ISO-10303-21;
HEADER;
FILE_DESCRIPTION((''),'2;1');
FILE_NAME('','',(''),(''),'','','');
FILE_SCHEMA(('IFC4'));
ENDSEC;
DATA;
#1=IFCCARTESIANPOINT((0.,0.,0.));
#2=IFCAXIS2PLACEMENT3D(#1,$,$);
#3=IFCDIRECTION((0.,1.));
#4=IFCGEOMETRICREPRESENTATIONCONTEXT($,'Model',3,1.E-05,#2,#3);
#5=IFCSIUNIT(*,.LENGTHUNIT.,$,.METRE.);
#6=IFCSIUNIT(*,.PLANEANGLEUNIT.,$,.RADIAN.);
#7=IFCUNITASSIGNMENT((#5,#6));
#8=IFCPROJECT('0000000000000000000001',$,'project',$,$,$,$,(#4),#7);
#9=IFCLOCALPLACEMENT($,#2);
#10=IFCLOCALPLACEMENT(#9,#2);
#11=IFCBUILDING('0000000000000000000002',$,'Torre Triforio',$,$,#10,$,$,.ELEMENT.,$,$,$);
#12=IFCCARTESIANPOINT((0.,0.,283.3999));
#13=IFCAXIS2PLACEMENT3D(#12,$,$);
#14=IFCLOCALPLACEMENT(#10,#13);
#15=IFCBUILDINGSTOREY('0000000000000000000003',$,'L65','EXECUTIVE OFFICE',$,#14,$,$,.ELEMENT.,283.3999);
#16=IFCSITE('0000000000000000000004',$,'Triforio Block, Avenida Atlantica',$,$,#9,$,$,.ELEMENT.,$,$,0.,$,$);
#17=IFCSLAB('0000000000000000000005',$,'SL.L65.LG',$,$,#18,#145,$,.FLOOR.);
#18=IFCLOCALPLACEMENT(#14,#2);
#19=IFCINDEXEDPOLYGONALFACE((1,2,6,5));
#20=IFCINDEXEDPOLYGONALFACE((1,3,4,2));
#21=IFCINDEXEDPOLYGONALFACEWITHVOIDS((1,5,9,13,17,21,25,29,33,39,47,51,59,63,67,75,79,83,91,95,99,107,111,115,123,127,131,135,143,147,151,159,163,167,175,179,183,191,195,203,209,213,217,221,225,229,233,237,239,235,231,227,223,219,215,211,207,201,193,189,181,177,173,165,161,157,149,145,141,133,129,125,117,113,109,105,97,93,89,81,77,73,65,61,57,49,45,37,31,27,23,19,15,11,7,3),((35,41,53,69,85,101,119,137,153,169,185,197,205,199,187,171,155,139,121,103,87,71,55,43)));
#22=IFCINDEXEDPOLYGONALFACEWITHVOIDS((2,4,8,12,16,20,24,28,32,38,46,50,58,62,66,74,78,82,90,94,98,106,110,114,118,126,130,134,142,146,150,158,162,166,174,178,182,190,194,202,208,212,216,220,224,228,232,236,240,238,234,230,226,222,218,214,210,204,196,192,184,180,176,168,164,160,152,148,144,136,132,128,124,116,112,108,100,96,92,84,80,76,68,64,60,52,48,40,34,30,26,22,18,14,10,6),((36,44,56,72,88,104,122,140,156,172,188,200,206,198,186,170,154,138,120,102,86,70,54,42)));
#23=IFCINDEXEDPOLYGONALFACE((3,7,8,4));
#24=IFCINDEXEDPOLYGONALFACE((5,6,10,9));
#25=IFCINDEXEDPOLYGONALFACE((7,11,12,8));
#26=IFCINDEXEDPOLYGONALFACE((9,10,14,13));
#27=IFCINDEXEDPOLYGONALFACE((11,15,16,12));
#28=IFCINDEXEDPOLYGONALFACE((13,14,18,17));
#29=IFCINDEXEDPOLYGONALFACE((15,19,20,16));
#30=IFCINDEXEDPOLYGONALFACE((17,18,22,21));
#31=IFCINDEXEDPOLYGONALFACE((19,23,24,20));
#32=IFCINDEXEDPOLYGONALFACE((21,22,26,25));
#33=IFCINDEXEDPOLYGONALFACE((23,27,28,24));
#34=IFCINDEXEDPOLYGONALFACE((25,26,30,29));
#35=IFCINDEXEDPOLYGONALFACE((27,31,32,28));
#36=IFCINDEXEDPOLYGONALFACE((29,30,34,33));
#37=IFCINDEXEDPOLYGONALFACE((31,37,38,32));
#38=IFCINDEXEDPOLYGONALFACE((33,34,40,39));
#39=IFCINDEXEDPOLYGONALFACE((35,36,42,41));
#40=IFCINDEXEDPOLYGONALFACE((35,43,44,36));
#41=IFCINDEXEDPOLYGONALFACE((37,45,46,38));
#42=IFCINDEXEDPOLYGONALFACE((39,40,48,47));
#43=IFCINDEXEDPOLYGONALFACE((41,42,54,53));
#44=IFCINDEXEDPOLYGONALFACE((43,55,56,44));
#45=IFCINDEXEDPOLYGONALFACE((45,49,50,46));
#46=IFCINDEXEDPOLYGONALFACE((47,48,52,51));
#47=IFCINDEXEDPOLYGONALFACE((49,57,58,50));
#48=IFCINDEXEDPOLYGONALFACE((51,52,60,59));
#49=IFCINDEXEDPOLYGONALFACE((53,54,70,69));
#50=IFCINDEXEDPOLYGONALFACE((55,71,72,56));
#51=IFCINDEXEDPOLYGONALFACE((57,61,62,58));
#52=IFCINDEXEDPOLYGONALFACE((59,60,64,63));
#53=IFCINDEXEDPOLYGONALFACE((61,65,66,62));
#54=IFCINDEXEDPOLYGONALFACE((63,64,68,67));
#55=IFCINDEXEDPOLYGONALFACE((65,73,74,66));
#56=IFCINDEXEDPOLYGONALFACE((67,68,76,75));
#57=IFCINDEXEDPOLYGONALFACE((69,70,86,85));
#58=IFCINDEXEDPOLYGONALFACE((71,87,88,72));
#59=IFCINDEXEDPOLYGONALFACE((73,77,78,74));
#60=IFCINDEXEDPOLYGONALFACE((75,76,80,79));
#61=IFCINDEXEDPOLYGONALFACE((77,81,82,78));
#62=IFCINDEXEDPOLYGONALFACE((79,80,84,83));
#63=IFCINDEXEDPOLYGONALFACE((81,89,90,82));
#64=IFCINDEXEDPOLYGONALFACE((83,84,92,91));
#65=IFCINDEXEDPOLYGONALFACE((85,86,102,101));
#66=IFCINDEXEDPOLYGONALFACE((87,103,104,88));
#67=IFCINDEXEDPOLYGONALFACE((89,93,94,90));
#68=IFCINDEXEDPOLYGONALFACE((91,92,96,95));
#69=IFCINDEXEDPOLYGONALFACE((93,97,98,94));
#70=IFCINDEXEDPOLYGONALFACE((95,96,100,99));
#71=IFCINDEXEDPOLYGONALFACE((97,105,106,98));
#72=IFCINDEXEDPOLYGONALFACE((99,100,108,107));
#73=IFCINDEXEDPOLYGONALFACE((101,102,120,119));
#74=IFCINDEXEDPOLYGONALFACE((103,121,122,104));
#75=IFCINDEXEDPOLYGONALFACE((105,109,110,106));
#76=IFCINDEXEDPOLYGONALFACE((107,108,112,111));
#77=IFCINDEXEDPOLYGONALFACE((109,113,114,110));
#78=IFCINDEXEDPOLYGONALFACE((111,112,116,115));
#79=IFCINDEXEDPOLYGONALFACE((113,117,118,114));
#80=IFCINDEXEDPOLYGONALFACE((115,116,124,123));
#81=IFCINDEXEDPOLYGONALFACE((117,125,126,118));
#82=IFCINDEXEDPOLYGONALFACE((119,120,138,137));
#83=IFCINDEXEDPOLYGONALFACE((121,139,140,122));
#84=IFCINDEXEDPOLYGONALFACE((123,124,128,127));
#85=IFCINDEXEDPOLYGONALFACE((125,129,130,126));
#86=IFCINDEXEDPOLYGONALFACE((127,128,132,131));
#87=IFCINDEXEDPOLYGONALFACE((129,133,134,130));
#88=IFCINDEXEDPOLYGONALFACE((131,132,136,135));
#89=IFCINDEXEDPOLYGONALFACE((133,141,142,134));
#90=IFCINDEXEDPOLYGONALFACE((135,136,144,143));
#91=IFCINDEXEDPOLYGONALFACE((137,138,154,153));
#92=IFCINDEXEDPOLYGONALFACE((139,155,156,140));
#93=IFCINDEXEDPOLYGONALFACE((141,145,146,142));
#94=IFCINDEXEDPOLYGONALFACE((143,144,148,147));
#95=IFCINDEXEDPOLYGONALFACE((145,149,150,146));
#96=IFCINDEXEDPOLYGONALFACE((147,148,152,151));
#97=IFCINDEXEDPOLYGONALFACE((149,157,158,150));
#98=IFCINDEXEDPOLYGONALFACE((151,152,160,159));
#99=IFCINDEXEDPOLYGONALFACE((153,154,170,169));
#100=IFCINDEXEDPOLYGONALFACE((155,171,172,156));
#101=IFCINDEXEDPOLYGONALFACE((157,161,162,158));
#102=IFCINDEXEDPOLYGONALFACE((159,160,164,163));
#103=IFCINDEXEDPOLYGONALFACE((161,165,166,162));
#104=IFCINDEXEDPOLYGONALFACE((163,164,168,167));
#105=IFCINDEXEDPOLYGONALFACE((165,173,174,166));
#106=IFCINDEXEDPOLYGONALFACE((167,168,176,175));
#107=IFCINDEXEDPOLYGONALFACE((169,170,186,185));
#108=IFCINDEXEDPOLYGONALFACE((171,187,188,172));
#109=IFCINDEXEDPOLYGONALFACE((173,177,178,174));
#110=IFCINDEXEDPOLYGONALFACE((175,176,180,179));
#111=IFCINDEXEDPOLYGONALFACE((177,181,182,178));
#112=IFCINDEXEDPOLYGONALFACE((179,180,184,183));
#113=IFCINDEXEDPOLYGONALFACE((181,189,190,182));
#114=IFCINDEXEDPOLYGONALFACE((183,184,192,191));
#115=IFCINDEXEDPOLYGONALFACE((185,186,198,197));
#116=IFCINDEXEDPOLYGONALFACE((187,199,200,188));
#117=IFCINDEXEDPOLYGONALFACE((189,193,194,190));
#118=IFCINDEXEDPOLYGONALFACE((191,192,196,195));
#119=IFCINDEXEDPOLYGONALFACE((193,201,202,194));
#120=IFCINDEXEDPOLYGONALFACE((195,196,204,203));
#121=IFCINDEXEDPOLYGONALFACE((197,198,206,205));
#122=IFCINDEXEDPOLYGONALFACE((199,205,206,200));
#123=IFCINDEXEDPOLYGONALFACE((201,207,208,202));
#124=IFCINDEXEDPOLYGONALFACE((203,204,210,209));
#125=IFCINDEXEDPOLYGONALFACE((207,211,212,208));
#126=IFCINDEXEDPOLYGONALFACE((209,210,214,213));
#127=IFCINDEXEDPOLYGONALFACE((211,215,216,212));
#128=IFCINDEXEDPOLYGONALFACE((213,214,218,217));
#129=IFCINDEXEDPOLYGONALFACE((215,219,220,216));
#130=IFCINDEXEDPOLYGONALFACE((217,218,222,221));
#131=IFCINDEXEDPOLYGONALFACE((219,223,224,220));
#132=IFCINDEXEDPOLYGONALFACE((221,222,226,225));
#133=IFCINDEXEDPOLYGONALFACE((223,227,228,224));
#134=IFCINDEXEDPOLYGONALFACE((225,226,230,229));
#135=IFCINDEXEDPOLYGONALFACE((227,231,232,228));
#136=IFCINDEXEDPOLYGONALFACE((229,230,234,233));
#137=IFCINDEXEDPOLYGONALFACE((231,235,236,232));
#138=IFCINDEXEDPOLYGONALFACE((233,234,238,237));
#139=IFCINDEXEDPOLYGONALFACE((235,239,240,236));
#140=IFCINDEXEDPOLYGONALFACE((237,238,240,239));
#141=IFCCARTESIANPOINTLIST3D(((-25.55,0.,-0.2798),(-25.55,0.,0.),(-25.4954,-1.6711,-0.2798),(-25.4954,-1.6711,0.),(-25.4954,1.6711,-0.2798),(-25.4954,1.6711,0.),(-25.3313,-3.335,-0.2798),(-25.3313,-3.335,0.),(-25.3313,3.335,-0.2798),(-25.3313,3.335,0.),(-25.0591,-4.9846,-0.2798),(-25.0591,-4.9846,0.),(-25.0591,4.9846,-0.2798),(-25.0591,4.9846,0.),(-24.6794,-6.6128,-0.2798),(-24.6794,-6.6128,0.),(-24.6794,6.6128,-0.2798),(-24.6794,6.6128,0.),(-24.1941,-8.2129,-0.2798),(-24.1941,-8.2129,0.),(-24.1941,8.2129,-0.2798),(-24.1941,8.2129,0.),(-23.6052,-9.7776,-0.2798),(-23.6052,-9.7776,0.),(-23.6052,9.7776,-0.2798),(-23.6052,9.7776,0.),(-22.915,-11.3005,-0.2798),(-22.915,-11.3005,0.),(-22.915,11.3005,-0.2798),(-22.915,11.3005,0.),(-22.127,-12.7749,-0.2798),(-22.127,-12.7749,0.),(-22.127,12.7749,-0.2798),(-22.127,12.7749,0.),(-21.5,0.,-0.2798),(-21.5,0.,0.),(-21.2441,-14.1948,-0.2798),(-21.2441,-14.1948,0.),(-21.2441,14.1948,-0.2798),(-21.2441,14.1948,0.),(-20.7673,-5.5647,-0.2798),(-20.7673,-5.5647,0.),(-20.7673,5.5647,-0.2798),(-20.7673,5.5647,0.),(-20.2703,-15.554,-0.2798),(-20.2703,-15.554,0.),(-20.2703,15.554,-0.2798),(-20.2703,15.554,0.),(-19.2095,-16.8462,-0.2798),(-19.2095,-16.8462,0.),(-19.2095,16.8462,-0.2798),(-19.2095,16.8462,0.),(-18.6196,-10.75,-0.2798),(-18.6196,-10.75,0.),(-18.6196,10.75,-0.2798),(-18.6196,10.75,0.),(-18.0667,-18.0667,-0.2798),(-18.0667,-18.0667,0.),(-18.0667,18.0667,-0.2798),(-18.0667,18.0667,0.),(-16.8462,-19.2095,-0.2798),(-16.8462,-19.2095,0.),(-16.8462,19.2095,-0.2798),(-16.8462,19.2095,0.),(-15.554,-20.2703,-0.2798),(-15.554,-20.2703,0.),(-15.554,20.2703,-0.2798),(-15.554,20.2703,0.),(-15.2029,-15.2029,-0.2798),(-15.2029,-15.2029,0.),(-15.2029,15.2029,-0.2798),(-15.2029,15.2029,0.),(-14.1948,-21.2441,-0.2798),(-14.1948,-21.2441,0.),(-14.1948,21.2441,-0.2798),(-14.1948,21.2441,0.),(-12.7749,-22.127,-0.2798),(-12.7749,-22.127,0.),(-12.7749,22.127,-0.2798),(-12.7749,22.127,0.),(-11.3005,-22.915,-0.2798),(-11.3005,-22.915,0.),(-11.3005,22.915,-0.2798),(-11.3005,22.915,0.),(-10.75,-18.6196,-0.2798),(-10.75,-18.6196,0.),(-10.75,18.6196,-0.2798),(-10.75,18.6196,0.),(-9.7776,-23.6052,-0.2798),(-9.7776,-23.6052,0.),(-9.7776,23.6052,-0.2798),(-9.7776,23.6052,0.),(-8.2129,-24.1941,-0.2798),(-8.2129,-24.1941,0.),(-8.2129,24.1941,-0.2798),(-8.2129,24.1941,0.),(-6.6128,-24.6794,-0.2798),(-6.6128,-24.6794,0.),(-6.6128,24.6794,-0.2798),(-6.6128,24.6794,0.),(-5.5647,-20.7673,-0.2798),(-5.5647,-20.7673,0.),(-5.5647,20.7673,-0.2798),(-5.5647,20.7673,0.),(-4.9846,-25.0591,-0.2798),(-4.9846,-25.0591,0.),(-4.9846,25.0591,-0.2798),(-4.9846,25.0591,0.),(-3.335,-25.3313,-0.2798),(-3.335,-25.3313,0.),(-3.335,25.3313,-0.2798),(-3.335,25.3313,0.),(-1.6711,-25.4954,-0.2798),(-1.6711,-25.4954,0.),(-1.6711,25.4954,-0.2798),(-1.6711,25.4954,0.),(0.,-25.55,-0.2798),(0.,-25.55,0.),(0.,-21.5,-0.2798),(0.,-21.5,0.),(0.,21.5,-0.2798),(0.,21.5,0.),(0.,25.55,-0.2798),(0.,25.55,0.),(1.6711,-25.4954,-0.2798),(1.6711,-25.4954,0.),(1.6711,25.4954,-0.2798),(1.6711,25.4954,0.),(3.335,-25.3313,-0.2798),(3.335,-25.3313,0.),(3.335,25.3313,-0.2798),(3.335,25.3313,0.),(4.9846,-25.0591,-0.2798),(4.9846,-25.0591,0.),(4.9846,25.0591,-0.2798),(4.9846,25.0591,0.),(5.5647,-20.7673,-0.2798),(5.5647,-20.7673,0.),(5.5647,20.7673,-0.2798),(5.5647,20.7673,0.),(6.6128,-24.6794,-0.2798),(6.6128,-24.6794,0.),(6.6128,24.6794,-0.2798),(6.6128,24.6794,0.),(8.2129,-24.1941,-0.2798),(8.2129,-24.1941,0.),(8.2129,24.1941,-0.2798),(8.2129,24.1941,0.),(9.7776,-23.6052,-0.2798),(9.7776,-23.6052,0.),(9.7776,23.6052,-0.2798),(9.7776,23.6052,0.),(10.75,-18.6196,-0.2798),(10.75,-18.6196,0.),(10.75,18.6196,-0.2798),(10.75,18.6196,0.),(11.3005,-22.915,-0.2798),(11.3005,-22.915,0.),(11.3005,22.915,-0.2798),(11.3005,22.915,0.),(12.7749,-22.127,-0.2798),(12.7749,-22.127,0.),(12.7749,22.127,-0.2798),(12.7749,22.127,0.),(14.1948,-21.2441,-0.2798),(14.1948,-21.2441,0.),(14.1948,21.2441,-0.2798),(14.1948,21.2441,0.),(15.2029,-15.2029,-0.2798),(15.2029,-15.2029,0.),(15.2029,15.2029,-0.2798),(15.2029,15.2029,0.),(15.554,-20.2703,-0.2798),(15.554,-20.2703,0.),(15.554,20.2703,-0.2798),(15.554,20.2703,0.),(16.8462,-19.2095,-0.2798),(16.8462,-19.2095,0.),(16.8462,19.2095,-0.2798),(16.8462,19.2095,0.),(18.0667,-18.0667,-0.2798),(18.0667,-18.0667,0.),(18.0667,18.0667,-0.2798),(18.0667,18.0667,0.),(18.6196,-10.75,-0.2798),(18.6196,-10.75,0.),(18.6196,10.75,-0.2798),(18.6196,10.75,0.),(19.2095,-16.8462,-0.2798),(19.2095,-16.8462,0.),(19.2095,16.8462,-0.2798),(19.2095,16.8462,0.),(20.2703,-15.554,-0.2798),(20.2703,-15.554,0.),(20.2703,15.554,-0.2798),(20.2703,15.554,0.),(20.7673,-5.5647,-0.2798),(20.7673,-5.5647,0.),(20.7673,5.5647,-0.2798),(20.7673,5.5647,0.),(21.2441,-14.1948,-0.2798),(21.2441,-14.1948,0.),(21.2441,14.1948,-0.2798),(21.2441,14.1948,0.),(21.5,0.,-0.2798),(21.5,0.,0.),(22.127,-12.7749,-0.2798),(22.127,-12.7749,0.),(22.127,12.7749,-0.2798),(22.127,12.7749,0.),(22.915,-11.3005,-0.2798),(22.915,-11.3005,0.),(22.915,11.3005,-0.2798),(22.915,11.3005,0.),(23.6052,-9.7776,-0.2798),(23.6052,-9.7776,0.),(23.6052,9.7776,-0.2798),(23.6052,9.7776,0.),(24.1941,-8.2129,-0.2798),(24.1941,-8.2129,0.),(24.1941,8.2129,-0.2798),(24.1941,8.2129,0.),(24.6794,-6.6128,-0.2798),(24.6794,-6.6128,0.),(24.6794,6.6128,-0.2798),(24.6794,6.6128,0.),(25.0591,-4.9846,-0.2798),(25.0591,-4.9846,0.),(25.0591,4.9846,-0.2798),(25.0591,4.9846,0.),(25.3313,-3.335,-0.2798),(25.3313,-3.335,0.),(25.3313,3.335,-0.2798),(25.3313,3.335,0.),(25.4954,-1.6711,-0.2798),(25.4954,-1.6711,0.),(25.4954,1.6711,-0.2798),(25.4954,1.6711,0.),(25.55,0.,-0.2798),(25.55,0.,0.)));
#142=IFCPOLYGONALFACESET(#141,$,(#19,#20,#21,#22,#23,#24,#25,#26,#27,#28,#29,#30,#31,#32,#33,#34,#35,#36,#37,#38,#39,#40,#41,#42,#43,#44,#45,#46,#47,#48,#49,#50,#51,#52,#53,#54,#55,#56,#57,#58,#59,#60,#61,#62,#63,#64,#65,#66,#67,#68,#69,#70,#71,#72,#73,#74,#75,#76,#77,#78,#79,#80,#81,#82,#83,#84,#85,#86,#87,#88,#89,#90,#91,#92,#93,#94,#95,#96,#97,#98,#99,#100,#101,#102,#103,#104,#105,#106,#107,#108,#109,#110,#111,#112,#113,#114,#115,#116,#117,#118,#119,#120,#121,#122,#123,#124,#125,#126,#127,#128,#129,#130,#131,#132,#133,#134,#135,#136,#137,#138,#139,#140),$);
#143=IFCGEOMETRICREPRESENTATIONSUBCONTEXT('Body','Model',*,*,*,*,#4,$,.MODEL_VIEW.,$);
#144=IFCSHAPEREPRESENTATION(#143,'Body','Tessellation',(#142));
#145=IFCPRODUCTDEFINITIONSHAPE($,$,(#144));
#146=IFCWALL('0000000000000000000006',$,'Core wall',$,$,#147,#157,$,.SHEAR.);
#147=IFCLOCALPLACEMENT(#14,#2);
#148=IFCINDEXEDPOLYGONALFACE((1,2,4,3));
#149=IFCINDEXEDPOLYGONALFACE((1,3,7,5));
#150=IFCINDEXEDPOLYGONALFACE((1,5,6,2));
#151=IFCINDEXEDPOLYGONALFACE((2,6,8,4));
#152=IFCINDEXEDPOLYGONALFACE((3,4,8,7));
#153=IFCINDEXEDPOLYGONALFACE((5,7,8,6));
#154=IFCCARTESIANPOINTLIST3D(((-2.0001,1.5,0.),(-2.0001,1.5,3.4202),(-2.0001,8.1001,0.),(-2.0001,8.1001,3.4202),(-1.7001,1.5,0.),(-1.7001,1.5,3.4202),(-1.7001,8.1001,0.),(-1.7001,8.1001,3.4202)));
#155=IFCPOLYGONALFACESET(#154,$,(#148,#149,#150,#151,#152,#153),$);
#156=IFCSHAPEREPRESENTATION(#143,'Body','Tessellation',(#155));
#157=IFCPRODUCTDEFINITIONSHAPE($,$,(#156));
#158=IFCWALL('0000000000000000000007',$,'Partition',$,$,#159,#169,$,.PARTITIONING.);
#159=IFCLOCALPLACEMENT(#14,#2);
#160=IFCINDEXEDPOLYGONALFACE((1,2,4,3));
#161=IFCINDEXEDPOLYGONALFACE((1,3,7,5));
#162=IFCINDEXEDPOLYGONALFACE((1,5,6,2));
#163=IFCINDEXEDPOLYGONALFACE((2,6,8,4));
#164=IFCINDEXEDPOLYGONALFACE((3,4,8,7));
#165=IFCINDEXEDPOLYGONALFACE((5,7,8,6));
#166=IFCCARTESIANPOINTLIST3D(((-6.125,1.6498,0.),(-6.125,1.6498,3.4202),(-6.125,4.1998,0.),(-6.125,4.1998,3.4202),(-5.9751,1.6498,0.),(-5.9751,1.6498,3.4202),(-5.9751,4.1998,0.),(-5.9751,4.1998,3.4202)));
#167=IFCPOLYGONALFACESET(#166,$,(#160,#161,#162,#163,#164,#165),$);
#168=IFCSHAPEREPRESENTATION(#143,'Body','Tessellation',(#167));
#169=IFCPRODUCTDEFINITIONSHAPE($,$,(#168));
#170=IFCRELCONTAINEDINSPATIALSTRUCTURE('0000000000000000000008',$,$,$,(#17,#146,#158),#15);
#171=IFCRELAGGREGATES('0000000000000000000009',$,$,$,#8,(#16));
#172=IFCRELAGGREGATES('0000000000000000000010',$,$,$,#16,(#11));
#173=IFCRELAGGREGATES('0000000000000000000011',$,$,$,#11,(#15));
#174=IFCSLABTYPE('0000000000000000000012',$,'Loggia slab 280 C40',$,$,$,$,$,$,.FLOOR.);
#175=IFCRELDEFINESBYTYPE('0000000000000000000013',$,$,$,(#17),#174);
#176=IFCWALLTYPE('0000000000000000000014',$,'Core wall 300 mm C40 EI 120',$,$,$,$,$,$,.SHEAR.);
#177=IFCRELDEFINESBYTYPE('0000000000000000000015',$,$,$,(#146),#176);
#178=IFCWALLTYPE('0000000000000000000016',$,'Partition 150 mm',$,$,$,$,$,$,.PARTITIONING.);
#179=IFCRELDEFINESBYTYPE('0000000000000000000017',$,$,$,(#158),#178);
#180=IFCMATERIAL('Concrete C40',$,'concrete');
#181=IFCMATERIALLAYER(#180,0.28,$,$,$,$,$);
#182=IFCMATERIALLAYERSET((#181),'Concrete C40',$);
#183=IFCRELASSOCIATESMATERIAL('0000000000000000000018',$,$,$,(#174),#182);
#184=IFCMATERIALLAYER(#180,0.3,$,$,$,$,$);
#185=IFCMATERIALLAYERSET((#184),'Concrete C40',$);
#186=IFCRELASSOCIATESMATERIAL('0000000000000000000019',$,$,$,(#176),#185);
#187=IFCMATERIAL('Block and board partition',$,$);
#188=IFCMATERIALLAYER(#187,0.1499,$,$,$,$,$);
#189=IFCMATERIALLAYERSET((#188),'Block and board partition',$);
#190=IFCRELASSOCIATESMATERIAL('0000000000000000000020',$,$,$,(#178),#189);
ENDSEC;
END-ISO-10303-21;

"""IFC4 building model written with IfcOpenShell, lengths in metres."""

from ifc_helpers import new_model, si_unit, direction, frame, frame_2d, origin, place, context, subcontext, project, spatial, polyline, rectangle, outline, extrude, material, layer, layer_set, type_object, element, save


model = new_model("IFC4")

# Units and contexts
model_context = context("Model", 3, precision=1e-05, world=origin(), true_north=direction((0.0, 1.0)))
body_context = subcontext(model_context, "Body", "Model", "MODEL_VIEW")
ifc_project = project(units=[si_unit("LENGTHUNIT", "METRE"), si_unit("PLANEANGLEUNIT", "RADIAN")], contexts=[model_context])

# Site, building, storey
site_placement = place(None, origin())
site = spatial("IfcSite", under=ifc_project, at=site_placement, Name="Triforio Block, Avenida Atlantica", CompositionType="ELEMENT", RefElevation=0.0)
building_placement = place(site_placement, origin())
building = spatial("IfcBuilding", under=site, at=building_placement, Name="Torre Triforio", CompositionType="ELEMENT")
storey_placement = place(building_placement, frame((0.0, 0.0, 283.3999)))
storey = spatial("IfcBuildingStorey", under=building, at=storey_placement, Name="L65", Description="EXECUTIVE OFFICE", CompositionType="ELEMENT", Elevation=283.3999)

# Shared definitions
ifc_material_1 = material(Name="Concrete C40", Category="concrete")

# Slab
ifc_layer_1 = layer(ifc_material_1, 0.28)
ifc_layer_set_1 = layer_set([ifc_layer_1], Name="Concrete C40")
slab_type_1 = type_object("IfcSlabType", Name="Loggia slab 280 C40", PredefinedType="FLOOR", material=ifc_layer_set_1)
slab_1_placement = place(storey_placement, frame((0.0, 0.0, -0.2798)))
element("IfcSlab", 1, at=slab_1_placement, inside=storey, type_object=slab_type_1, Name="SL.L65.LG", PredefinedType="FLOOR", context=body_context, shape_type="SweptSolid", body=[
    extrude(outline(polyline([(25.4954, -1.6711), (25.55, 0.0), (25.4954, 1.6711), (25.3313, 3.335), (25.0591, 4.9846), (24.6794, 6.6128), (24.1941, 8.2129), (23.6052, 9.7776), (22.915, 11.3005), (22.127, 12.7749), (21.2441, 14.1948), (20.2703, 15.554), (19.2095, 16.8462), (18.0667, 18.0667), (16.8462, 19.2095), (15.554, 20.2703), (14.1948, 21.2441), (12.7749, 22.127), (11.3005, 22.915), (9.7776, 23.6052), (8.2129, 24.1941), (6.6128, 24.6794), (4.9846, 25.0591), (3.335, 25.3313), (1.6711, 25.4954), (0.0, 25.55), (-1.6711, 25.4954), (-3.335, 25.3313), (-4.9846, 25.0591), (-6.6128, 24.6794), (-8.2129, 24.1941), (-9.7776, 23.6052), (-11.3005, 22.915), (-12.7749, 22.127), (-14.1948, 21.2441), (-15.554, 20.2703), (-16.8462, 19.2095), (-18.0667, 18.0667), (-19.2095, 16.8462), (-20.2703, 15.554), (-21.2441, 14.1948), (-22.127, 12.7749), (-22.915, 11.3005), (-23.6052, 9.7776), (-24.1941, 8.2129), (-24.6794, 6.6128), (-25.0591, 4.9846), (-25.3313, 3.335), (-25.4954, 1.6711), (-25.55, 0.0), (-25.4954, -1.6711), (-25.3313, -3.335), (-25.0591, -4.9846), (-24.6794, -6.6128), (-24.1941, -8.2129), (-23.6052, -9.7776), (-22.915, -11.3005), (-22.127, -12.7749), (-21.2441, -14.1948), (-20.2703, -15.554), (-19.2095, -16.8462), (-18.0667, -18.0667), (-16.8462, -19.2095), (-15.554, -20.2703), (-14.1948, -21.2441), (-12.7749, -22.127), (-11.3005, -22.915), (-9.7776, -23.6052), (-8.2129, -24.1941), (-6.6128, -24.6794), (-4.9846, -25.0591), (-3.335, -25.3313), (-1.6711, -25.4954), (0.0, -25.55), (1.6711, -25.4954), (3.335, -25.3313), (4.9846, -25.0591), (6.6128, -24.6794), (8.2129, -24.1941), (9.7776, -23.6052), (11.3005, -22.915), (12.7749, -22.127), (14.1948, -21.2441), (15.554, -20.2703), (16.8462, -19.2095), (18.0667, -18.0667), (19.2095, -16.8462), (20.2703, -15.554), (21.2441, -14.1948), (22.127, -12.7749), (22.915, -11.3005), (23.6052, -9.7776), (24.1941, -8.2129), (24.6794, -6.6128), (25.0591, -4.9846), (25.3313, -3.335), (25.4954, -1.6711)]), holes=[polyline([(20.7673, 5.5647), (21.5, 0.0), (20.7673, -5.5647), (18.6196, -10.75), (15.2029, -15.2029), (10.75, -18.6196), (5.5647, -20.7673), (0.0, -21.5), (-5.5647, -20.7673), (-10.75, -18.6196), (-15.2029, -15.2029), (-18.6196, -10.75), (-20.7673, -5.5647), (-21.5, 0.0), (-20.7673, 5.5647), (-18.6196, 10.75), (-15.2029, 15.2029), (-10.75, 18.6196), (-5.5647, 20.7673), (0.0, 21.5), (5.5647, 20.7673), (10.75, 18.6196), (15.2029, 15.2029), (18.6196, 10.75), (20.7673, 5.5647)])]), origin(), (0.0, 0.0, 1.0), 0.2798),
])

# Walls
ifc_layer_2 = layer(ifc_material_1, 0.3)
ifc_layer_set_2 = layer_set([ifc_layer_2], Name="Concrete C40")
wall_type_1 = type_object("IfcWallType", Name="Core wall 300 mm C40 EI 120", PredefinedType="SHEAR", material=ifc_layer_set_2)
wall_1_placement = place(storey_placement, frame((-1.8501, 1.5, 0.0), z_axis=(0.0, 0.0, 1.0), x_axis=(0.0, 1.0, 0.0)))
element("IfcWall", 2, at=wall_1_placement, inside=storey, type_object=wall_type_1, Name="Core wall", PredefinedType="SHEAR", context=body_context, shape_type="SweptSolid", body=[
    extrude(rectangle(XDim=6.6001, YDim=0.3, at=frame_2d((3.3, 0.0))), origin(), (0.0, 0.0, 1.0), 3.4202),
])
ifc_material_2 = material(Name="Block and board partition")
ifc_layer_3 = layer(ifc_material_2, 0.1499)
ifc_layer_set_3 = layer_set([ifc_layer_3], Name="Block and board partition")
wall_type_2 = type_object("IfcWallType", Name="Partition 150 mm", PredefinedType="PARTITIONING", material=ifc_layer_set_3)
wall_2_placement = place(storey_placement, frame((-6.05, 1.6499, 0.0), z_axis=(0.0, 0.0, 1.0), x_axis=(0.0, 1.0, 0.0)))
element("IfcWall", 3, at=wall_2_placement, inside=storey, type_object=wall_type_2, Name="Partition", PredefinedType="PARTITIONING", context=body_context, shape_type="SweptSolid", body=[
    extrude(rectangle(XDim=2.55, YDim=0.1499, at=frame_2d((1.2749, 0.0))), origin(), (0.0, 0.0, 1.0), 3.4202),
])

save(model, "model.ifc")
